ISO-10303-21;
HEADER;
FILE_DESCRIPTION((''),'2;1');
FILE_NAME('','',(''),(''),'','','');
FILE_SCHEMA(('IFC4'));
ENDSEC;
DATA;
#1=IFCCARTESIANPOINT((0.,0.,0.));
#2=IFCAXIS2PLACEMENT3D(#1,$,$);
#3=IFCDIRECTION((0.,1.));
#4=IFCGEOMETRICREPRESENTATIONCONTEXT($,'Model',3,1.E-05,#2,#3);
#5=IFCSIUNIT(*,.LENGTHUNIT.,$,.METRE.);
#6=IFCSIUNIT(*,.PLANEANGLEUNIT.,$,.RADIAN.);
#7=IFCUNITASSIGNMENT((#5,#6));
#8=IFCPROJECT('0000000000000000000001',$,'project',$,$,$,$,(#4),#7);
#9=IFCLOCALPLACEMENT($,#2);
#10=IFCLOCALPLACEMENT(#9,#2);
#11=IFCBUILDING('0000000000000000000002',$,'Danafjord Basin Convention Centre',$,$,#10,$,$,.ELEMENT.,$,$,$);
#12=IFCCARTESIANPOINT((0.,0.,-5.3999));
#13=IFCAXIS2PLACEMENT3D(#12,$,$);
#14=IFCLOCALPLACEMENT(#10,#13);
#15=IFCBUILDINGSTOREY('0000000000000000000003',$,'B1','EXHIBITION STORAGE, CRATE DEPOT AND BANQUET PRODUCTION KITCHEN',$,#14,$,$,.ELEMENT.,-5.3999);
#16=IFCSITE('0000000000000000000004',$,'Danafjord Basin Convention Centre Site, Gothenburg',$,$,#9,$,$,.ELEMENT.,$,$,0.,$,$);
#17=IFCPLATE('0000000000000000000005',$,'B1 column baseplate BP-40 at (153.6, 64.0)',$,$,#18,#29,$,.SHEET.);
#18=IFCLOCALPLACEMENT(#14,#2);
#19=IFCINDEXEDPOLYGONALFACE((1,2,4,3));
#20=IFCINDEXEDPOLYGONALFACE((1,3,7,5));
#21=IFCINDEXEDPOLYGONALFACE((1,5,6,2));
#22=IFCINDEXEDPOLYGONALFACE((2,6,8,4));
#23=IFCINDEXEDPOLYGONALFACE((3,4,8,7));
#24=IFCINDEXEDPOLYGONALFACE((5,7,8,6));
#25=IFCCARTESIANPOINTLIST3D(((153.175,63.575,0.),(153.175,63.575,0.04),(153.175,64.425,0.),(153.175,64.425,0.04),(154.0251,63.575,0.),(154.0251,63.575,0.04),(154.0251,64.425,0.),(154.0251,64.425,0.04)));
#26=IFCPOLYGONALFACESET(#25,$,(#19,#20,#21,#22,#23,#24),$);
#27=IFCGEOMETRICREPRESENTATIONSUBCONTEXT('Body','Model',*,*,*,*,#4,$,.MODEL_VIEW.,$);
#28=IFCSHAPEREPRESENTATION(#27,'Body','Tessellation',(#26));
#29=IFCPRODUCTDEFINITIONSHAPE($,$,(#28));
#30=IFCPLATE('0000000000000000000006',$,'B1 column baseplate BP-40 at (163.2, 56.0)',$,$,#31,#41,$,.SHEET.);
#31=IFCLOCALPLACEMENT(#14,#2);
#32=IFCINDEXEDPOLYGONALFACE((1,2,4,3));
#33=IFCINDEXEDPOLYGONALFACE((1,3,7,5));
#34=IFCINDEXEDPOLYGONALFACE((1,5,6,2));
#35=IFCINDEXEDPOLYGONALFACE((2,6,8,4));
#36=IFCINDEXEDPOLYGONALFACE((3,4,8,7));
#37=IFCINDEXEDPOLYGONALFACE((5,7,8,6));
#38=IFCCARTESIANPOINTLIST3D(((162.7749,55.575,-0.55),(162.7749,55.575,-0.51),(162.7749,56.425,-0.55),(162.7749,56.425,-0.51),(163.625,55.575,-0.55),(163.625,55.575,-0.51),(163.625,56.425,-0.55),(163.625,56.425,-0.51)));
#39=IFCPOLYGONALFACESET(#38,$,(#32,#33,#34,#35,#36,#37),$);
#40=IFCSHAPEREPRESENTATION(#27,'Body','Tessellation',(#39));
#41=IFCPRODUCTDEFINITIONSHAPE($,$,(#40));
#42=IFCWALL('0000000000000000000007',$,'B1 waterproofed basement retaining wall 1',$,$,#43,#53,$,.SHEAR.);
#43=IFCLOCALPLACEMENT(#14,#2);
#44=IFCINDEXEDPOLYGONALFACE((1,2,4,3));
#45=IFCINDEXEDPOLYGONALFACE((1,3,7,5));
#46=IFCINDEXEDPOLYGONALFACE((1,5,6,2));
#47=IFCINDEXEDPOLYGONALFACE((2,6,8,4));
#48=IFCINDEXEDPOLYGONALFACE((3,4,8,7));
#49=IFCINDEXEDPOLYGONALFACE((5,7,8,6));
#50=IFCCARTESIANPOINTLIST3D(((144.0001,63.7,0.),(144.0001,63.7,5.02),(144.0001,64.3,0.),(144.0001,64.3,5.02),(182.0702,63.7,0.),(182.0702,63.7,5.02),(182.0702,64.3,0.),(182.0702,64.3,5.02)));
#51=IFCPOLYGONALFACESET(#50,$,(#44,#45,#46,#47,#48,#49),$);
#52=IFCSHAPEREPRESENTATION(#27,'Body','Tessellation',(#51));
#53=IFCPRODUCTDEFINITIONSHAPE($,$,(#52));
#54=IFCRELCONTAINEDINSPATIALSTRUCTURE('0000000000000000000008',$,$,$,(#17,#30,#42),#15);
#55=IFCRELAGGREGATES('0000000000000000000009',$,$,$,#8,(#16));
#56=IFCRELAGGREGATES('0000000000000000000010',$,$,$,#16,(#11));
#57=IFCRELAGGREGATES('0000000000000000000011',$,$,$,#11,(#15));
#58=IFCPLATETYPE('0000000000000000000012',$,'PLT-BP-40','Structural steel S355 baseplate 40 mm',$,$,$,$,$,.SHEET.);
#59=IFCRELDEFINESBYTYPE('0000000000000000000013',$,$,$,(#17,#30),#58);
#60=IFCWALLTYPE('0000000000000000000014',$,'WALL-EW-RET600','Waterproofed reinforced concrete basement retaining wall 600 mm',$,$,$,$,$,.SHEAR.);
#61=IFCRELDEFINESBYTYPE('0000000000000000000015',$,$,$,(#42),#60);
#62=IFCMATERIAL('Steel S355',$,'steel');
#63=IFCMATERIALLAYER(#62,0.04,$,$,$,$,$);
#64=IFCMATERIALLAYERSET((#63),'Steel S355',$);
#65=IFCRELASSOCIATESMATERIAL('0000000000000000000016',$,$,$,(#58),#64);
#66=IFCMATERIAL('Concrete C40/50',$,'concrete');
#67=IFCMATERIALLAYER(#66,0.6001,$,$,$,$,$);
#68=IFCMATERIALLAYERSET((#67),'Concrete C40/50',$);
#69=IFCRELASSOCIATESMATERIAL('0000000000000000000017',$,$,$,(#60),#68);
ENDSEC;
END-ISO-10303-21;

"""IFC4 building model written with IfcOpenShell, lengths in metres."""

from ifc_helpers import new_model, si_unit, direction, frame, frame_2d, origin, origin_2d, place, context, subcontext, project, spatial, rectangle, extrude, material, layer, layer_set, type_object, element, save


model = new_model("IFC4")

# Units and contexts
model_context = context("Model", 3, precision=1e-05, world=origin(), true_north=direction((0.0, 1.0)))
body_context = subcontext(model_context, "Body", "Model", "MODEL_VIEW")
ifc_project = project(units=[si_unit("LENGTHUNIT", "METRE"), si_unit("PLANEANGLEUNIT", "RADIAN")], contexts=[model_context])

# Site, building, storey
site_placement = place(None, origin())
site = spatial("IfcSite", under=ifc_project, at=site_placement, Name="Danafjord Basin Convention Centre Site, Gothenburg", CompositionType="ELEMENT", RefElevation=0.0)
building_placement = place(site_placement, origin())
building = spatial("IfcBuilding", under=site, at=building_placement, Name="Danafjord Basin Convention Centre", CompositionType="ELEMENT")
storey_placement = place(building_placement, frame((0.0, 0.0, -5.3999)))
storey = spatial("IfcBuildingStorey", under=building, at=storey_placement, Name="B1", Description="EXHIBITION STORAGE, CRATE DEPOT AND BANQUET PRODUCTION KITCHEN", CompositionType="ELEMENT", Elevation=-5.3999)

# Shared definitions
ifc_material_1 = material(Name="Concrete C40/50", Category="concrete")

# Plates
ifc_material_2 = material(Name="Steel S355", Category="steel")
ifc_layer_1 = layer(ifc_material_2, 0.04)
ifc_layer_set_1 = layer_set([ifc_layer_1], Name="Steel S355")
plate_type = type_object("IfcPlateType", Name="PLT-BP-40", Description="Structural steel S355 baseplate 40 mm", PredefinedType="SHEET", material=ifc_layer_set_1)
for number, where, z_axis, x_axis, name in (
    (1, (153.6001, 64.0, 0.0), (0.0, 0.0, 1.0), (1.0, 0.0, 0.0), "B1 column baseplate BP-40 at (153.6, 64.0)"),
    (2, (163.2, 56.0, -0.55), (0.0, 0.0, 1.0), (1.0, 0.0, 0.0), "B1 column baseplate BP-40 at (163.2, 56.0)"),
):
    element("IfcPlate", number, at=place(storey_placement, frame(where, z_axis=z_axis, x_axis=x_axis)), inside=storey, type_object=plate_type, Name=name, PredefinedType="SHEET", context=body_context, shape_type="SweptSolid", body=[
        extrude(rectangle(XDim=0.8501, YDim=0.8501, at=origin_2d()), origin(), (0.0, 0.0, 1.0), 0.04),
    ])

# Wall
ifc_layer_2 = layer(ifc_material_1, 0.6001)
ifc_layer_set_2 = layer_set([ifc_layer_2], Name="Concrete C40/50")
wall_type = type_object("IfcWallType", Name="WALL-EW-RET600", Description="Waterproofed reinforced concrete basement retaining wall 600 mm", PredefinedType="SHEAR", material=ifc_layer_set_2)
wall_placement = place(storey_placement, frame((144.0, 64.0, 0.0), z_axis=(0.0, 0.0, 1.0), x_axis=(1.0, 0.0, 0.0)))
element("IfcWall", 3, at=wall_placement, inside=storey, type_object=wall_type, Name="B1 waterproofed basement retaining wall 1", PredefinedType="SHEAR", context=body_context, shape_type="SweptSolid", body=[
    extrude(rectangle(XDim=38.0701, YDim=0.6001, at=frame_2d((19.0352, 0.0))), origin(), (0.0, 0.0, 1.0), 5.02),
])

save(model, "model.ifc")
